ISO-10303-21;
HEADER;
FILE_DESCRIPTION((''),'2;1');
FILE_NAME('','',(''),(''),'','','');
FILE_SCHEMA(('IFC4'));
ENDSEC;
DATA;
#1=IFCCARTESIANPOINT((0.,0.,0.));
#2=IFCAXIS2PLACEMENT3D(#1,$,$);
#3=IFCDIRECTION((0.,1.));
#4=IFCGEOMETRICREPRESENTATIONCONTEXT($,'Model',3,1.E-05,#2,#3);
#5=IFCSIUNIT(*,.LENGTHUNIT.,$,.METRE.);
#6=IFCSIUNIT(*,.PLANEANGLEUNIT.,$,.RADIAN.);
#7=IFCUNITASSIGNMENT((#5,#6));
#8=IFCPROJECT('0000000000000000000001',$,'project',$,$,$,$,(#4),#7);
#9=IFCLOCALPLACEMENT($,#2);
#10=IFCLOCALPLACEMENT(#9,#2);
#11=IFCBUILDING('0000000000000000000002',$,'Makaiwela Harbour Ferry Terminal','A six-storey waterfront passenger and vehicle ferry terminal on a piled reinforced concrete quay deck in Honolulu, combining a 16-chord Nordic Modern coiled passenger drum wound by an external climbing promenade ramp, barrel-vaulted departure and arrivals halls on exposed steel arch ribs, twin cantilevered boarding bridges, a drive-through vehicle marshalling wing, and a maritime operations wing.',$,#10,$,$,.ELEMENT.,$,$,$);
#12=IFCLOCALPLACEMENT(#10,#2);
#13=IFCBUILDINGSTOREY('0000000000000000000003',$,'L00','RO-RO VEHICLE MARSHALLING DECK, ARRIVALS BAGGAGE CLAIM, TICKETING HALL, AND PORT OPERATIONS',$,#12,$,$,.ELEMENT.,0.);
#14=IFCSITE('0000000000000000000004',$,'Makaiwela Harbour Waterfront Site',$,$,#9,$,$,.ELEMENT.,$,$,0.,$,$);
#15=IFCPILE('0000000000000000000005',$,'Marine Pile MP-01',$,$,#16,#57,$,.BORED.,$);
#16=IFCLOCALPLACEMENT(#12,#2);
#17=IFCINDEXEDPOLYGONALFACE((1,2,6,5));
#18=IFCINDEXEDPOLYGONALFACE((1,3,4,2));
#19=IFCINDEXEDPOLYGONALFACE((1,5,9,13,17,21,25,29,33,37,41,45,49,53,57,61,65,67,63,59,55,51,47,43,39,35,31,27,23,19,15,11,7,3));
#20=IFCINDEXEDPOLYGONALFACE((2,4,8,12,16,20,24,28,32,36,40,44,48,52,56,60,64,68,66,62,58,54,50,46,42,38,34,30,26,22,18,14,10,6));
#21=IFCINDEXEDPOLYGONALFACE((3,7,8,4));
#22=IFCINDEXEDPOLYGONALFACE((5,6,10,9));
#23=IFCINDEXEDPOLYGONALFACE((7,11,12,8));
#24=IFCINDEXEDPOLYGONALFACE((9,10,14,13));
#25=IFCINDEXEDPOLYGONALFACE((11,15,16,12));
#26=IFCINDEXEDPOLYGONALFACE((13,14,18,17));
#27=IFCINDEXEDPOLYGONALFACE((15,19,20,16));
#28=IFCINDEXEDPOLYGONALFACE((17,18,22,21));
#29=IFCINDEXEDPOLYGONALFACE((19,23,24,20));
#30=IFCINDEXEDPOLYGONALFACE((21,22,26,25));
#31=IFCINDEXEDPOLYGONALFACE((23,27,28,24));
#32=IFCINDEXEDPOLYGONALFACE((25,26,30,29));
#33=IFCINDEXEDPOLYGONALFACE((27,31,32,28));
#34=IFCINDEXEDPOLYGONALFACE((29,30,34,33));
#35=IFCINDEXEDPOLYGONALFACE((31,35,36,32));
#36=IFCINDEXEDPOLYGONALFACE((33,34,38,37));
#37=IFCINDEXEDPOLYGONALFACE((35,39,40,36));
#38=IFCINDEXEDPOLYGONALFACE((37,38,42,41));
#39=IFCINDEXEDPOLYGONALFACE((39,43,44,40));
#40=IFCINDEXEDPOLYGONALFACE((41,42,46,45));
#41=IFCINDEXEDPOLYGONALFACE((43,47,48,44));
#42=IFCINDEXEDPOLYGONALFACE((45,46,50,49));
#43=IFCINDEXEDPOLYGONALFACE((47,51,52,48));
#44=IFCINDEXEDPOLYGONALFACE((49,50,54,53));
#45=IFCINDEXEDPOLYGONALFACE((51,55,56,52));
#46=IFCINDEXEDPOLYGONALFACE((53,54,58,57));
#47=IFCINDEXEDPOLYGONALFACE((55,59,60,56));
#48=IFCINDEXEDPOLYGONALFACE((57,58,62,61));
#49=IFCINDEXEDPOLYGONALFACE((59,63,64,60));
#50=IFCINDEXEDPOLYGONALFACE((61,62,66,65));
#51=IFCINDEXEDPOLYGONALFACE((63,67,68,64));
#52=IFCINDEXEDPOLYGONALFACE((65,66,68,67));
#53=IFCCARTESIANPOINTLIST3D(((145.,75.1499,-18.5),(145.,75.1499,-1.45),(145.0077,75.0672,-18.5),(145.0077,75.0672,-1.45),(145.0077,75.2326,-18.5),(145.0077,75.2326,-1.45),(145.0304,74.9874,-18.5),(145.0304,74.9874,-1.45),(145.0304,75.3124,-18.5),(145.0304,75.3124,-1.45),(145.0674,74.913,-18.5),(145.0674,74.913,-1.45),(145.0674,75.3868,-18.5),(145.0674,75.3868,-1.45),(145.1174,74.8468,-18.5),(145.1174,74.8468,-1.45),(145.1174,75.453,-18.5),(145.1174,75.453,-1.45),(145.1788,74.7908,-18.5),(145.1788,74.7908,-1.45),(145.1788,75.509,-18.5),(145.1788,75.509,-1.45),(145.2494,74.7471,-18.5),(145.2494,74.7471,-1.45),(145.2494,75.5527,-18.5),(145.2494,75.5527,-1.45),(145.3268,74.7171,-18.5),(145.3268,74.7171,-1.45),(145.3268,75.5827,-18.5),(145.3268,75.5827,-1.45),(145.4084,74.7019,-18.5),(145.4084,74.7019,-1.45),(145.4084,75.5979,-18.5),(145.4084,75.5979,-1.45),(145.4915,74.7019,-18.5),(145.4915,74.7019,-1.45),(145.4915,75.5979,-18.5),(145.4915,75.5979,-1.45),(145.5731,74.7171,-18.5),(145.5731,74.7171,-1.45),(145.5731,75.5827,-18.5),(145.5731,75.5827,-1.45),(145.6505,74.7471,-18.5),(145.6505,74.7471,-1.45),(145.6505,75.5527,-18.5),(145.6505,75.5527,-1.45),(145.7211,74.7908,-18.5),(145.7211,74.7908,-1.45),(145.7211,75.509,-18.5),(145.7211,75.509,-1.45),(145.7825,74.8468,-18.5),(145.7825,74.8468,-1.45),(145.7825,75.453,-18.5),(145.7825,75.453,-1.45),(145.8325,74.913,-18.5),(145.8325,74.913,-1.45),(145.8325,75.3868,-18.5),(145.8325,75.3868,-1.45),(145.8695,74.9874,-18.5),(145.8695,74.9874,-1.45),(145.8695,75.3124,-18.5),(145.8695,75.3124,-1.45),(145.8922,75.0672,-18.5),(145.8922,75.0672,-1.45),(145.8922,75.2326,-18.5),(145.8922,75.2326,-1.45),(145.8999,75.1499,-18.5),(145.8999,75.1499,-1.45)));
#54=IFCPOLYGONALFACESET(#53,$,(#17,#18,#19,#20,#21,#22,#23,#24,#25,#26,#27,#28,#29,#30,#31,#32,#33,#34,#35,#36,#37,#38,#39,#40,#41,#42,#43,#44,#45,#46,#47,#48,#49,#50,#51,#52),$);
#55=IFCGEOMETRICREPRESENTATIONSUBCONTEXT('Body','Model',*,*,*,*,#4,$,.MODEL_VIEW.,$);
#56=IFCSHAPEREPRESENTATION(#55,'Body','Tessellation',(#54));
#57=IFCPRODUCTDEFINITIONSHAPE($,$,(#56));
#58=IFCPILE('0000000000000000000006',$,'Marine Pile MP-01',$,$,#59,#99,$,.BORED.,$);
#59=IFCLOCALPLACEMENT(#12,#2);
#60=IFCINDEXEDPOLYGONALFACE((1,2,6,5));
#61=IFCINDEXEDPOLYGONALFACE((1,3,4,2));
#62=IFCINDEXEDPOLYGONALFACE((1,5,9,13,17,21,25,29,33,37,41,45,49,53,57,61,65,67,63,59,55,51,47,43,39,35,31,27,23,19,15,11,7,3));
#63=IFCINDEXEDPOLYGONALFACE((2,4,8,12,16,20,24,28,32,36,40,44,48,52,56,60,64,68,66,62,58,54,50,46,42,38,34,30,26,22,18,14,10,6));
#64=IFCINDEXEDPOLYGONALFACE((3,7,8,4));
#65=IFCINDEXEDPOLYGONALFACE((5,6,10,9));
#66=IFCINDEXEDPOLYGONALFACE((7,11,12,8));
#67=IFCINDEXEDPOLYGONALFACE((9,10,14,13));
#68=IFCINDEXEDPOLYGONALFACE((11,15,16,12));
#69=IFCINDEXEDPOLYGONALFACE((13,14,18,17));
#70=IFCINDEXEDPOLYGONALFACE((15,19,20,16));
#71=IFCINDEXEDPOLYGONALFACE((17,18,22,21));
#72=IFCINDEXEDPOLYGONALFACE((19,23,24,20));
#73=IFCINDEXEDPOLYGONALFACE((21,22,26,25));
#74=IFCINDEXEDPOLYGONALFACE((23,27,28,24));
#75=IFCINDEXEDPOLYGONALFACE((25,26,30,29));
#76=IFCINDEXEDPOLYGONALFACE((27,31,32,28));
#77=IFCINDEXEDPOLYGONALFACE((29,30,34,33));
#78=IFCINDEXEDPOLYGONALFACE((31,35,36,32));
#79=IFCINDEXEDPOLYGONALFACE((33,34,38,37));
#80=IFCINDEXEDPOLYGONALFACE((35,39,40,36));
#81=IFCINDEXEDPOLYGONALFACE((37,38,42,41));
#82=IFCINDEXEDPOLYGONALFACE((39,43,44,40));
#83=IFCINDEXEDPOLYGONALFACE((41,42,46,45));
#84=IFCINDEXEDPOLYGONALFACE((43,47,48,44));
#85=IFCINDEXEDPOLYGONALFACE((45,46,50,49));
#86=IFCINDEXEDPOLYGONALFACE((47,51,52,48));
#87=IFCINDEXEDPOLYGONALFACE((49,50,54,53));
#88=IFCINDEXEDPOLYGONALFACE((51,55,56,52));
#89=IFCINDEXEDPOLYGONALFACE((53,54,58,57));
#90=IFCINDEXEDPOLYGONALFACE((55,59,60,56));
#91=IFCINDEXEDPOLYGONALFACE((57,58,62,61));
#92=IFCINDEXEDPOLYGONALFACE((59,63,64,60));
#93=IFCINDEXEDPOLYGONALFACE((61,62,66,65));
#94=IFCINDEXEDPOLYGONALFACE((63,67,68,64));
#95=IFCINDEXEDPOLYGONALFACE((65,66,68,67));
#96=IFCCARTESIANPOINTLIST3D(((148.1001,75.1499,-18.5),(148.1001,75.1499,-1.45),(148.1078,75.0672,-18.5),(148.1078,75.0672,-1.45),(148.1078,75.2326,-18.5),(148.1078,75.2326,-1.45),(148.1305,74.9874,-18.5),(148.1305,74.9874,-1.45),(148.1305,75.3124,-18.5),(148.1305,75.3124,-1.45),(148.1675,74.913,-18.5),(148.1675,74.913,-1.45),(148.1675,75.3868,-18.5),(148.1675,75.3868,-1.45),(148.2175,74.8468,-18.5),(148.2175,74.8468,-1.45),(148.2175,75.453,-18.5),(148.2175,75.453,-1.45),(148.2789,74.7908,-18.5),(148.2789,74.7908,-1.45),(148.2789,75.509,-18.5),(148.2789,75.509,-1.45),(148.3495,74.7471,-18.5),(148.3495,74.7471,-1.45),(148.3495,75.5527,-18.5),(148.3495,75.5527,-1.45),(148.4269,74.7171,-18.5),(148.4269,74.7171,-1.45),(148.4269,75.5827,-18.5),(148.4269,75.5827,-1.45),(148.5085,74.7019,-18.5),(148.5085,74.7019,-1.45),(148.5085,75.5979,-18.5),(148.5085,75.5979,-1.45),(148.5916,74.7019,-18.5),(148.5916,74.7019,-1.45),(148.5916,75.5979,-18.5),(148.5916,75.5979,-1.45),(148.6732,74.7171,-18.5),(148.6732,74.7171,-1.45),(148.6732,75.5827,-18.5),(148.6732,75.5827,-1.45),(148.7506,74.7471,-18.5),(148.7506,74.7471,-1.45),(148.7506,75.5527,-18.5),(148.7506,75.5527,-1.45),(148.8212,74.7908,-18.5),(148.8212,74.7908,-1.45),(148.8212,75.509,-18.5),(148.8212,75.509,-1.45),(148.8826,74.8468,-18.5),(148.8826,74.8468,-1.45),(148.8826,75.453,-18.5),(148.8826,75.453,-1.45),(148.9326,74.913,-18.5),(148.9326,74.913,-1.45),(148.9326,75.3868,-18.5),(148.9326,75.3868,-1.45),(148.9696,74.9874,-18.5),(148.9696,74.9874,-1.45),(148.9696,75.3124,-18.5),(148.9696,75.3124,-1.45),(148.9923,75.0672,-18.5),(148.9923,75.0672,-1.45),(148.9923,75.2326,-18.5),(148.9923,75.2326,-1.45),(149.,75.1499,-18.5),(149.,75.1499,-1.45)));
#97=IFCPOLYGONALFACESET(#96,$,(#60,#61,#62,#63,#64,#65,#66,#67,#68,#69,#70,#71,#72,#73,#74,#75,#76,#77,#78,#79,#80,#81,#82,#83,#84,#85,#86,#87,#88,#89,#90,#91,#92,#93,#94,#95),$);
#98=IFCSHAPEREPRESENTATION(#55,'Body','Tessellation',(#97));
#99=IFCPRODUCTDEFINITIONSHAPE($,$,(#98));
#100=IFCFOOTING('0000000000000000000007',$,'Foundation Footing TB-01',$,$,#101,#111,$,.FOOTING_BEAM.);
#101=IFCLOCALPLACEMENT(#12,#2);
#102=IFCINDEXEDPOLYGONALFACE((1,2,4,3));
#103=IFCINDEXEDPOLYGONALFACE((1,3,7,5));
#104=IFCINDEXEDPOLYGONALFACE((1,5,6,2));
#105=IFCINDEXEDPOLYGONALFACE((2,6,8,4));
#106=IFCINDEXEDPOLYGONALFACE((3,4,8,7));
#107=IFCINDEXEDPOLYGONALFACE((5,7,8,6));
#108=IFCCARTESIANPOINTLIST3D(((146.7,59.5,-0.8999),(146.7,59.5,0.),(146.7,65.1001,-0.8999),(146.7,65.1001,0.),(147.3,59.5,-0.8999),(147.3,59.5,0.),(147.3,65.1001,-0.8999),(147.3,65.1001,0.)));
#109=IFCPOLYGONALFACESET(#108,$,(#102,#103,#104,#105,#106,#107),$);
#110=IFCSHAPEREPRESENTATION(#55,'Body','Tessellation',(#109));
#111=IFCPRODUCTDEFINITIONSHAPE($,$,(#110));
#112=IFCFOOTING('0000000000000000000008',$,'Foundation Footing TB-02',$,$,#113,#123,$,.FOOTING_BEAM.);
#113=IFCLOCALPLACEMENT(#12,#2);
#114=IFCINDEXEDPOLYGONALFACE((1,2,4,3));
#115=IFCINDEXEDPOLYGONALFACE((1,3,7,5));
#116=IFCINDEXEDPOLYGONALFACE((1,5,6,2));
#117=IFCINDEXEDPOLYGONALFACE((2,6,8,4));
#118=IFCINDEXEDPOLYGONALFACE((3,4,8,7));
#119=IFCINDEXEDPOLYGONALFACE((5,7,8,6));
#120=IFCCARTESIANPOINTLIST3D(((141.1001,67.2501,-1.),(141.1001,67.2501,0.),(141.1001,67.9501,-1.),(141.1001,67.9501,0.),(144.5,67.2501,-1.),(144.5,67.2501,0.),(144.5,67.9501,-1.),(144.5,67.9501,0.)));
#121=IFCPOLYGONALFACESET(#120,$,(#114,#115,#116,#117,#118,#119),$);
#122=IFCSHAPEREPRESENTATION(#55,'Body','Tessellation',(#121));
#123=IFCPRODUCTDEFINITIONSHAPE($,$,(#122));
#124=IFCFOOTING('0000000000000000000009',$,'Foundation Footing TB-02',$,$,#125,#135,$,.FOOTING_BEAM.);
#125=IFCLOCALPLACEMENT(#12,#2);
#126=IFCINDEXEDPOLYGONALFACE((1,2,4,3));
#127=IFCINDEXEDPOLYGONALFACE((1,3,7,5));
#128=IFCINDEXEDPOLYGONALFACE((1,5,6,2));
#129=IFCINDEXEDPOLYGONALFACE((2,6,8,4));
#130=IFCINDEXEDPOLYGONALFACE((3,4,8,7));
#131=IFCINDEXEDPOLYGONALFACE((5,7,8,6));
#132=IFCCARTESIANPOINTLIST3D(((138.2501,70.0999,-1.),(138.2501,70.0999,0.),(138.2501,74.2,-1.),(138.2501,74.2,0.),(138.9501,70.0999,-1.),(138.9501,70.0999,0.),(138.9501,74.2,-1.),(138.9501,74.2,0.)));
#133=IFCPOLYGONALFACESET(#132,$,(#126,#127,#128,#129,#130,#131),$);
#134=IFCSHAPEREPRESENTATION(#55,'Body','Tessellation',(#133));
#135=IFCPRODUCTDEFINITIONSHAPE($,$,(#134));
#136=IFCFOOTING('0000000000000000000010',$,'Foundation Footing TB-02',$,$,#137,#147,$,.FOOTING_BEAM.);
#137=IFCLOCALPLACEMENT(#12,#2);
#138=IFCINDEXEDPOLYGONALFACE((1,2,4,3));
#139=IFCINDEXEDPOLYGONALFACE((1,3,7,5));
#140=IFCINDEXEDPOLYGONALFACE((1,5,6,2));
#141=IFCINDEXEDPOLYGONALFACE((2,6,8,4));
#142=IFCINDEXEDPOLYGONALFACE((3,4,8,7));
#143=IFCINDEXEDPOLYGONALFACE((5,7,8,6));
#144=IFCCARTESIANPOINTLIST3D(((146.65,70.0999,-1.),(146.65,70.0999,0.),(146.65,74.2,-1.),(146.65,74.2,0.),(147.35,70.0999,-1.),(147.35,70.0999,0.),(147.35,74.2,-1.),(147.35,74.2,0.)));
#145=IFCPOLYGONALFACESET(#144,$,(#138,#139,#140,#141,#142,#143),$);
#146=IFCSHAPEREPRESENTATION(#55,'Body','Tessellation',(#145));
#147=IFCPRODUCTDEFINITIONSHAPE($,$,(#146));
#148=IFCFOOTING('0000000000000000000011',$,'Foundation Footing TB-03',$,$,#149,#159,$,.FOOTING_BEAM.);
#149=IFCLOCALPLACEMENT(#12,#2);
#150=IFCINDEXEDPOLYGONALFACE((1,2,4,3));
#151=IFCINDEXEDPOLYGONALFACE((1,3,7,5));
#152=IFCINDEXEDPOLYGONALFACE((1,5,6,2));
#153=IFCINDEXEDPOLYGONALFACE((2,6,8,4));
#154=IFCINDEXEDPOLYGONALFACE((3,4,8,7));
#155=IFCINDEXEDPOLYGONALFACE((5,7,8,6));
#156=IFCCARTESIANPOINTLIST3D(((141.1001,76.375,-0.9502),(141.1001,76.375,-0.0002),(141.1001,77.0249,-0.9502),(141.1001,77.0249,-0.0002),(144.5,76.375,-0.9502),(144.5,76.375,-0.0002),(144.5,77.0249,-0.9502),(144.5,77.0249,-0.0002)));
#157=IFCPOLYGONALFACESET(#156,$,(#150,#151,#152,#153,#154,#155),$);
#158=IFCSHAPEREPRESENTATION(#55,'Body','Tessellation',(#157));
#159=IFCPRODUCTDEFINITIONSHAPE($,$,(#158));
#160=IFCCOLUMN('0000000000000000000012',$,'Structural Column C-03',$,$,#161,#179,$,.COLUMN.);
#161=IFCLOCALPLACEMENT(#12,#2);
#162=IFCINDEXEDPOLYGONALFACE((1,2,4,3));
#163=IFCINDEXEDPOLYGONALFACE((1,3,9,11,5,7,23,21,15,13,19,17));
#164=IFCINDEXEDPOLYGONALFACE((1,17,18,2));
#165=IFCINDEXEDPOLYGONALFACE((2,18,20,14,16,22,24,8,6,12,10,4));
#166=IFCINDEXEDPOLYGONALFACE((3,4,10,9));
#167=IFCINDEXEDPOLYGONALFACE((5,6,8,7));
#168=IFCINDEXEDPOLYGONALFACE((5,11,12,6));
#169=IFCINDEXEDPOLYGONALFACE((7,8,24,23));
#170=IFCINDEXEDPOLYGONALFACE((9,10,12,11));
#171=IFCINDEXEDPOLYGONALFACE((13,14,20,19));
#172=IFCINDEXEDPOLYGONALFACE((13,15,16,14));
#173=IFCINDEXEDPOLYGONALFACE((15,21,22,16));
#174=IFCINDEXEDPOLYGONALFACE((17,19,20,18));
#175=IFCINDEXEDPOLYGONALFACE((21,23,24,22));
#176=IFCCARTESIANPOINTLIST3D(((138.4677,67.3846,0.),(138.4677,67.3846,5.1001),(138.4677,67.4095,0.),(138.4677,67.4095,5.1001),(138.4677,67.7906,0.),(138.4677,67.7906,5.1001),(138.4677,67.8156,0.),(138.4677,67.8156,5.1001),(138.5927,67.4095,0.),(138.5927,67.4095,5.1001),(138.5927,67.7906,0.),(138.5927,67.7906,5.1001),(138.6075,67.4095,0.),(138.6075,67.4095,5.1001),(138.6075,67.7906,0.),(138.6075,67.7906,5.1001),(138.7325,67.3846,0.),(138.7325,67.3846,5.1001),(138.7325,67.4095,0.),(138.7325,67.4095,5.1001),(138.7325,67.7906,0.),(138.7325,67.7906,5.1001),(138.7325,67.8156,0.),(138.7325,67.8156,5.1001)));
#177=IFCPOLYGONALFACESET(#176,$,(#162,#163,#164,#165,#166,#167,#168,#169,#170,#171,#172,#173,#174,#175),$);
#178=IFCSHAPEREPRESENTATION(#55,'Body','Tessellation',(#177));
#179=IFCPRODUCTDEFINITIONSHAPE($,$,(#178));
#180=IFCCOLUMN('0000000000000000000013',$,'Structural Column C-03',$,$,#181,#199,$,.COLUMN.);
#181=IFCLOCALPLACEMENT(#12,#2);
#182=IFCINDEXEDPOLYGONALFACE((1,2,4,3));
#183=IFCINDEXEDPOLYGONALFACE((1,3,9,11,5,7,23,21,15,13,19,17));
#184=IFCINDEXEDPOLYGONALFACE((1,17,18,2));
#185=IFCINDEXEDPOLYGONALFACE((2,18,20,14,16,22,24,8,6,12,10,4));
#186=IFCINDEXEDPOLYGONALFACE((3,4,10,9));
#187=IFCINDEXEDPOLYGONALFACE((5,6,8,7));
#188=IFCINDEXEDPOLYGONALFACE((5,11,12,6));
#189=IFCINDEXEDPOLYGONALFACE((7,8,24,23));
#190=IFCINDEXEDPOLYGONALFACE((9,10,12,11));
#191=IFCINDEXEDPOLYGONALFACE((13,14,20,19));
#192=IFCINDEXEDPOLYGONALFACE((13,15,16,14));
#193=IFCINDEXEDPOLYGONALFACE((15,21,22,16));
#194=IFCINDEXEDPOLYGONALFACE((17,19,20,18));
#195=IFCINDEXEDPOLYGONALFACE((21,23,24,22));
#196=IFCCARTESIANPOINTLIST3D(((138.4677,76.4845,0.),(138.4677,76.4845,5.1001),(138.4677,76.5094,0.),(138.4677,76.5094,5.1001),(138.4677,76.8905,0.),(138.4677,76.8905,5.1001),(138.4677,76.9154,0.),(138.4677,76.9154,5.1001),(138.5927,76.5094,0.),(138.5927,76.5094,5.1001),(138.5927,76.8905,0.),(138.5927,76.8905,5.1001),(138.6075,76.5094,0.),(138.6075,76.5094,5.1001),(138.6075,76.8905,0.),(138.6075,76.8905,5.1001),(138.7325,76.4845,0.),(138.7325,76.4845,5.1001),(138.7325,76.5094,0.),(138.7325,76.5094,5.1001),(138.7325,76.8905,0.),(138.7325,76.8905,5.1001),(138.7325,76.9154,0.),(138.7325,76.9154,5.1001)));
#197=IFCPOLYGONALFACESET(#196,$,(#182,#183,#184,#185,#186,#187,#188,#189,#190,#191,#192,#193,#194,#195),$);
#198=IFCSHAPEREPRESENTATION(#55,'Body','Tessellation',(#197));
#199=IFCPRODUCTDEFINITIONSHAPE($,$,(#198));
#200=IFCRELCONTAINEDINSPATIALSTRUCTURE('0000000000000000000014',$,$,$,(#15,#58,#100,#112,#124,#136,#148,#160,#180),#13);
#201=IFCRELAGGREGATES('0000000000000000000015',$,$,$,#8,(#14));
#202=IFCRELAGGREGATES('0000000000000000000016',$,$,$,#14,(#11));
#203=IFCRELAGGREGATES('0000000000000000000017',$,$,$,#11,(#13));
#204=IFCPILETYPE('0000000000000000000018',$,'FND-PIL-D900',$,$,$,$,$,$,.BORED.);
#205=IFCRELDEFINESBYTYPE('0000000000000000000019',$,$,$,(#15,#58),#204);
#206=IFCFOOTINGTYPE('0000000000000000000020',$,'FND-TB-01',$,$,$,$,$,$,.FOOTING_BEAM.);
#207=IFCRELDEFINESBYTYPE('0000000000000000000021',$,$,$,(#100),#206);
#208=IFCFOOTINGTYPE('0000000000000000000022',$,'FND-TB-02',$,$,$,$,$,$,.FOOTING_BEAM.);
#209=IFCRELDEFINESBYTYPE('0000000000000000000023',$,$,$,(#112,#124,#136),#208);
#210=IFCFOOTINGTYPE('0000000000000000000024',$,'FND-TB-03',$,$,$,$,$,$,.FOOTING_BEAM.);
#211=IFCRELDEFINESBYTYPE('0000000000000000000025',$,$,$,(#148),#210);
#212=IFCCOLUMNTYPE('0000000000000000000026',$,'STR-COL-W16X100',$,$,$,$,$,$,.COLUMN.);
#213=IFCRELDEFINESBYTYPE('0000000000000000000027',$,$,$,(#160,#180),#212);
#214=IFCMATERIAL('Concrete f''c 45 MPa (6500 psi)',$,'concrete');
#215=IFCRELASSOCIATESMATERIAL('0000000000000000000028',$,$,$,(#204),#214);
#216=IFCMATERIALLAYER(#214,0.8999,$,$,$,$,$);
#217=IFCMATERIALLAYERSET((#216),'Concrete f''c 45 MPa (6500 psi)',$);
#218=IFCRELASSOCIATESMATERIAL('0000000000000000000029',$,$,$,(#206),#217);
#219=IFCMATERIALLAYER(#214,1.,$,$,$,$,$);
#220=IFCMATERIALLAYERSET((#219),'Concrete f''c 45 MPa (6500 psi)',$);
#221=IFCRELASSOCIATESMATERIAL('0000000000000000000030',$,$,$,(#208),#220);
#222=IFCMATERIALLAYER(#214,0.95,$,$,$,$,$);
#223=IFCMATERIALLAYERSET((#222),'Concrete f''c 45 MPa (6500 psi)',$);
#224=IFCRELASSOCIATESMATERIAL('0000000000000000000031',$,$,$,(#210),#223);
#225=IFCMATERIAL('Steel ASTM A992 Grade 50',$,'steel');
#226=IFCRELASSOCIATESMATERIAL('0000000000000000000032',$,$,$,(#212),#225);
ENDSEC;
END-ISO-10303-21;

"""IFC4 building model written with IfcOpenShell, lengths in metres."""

from ifc_helpers import new_model, si_unit, direction, frame, origin, origin_2d, place, context, subcontext, project, spatial, rectangle, circle, i_section, extrude, material, layer, layer_set, material_profile, profile_set, type_object, element, save


model = new_model("IFC4")

# Units and contexts
model_context = context("Model", 3, precision=1e-05, world=origin(), true_north=direction((0.0, 1.0)))
body_context = subcontext(model_context, "Body", "Model", "MODEL_VIEW")
ifc_project = project(units=[si_unit("LENGTHUNIT", "METRE"), si_unit("PLANEANGLEUNIT", "RADIAN")], contexts=[model_context])

# Site, building, storey
site_placement = place(None, origin())
site = spatial("IfcSite", under=ifc_project, at=site_placement, Name="Makaiwela Harbour Waterfront Site", CompositionType="ELEMENT", RefElevation=0.0)
building_placement = place(site_placement, origin())
building = spatial("IfcBuilding", under=site, at=building_placement, Name="Makaiwela Harbour Ferry Terminal", Description="A six-storey waterfront passenger and vehicle ferry terminal on a piled reinforced concrete quay deck in Honolulu, combining a 16-chord Nordic Modern coiled passenger drum wound by an external climbing promenade ramp, barrel-vaulted departure and arrivals halls on exposed steel arch ribs, twin cantilevered boarding bridges, a drive-through vehicle marshalling wing, and a maritime operations wing.", CompositionType="ELEMENT")
storey_placement = place(building_placement, origin())
storey = spatial("IfcBuildingStorey", under=building, at=storey_placement, Name="L00", Description="RO-RO VEHICLE MARSHALLING DECK, ARRIVALS BAGGAGE CLAIM, TICKETING HALL, AND PORT OPERATIONS", CompositionType="ELEMENT", Elevation=0.0)

# Shared definitions
ifc_material_1 = material(Name="Concrete f'c 45 MPa (6500 psi)", Category="concrete")

# Piles
ifc_material_profile_1 = material_profile(ifc_material_1, circle(Radius=0.45, at=origin_2d()), Name="PILE-D900")
ifc_profile_set_1 = profile_set([ifc_material_profile_1], Name="Concrete f'c 45 MPa (6500 psi)")
pile_type = type_object("IfcPileType", Name="FND-PIL-D900", PredefinedType="BORED", material=ifc_profile_set_1)
for number, where, z_axis, x_axis, name in (
    (1, (145.45, 75.1499, -1.45), (0.0, 0.0, -1.0), (1.0, 0.0, 0.0), "Marine Pile MP-01"),
    (2, (148.55, 75.1499, -1.45), (0.0, 0.0, -1.0), (1.0, 0.0, 0.0), "Marine Pile MP-01"),
):
    element("IfcPile", number, at=place(storey_placement, frame(where, z_axis=z_axis, x_axis=x_axis)), inside=storey, type_object=pile_type, Name=name, PredefinedType="BORED", context=body_context, shape_type="SweptSolid", body=[
        extrude(circle(Radius=0.45, at=origin_2d()), origin(), (0.0, 0.0, 1.0), 17.05),
    ])

# Footings
ifc_layer_1 = layer(ifc_material_1, 0.8999)
ifc_layer_set_1 = layer_set([ifc_layer_1], Name="Concrete f'c 45 MPa (6500 psi)")
footing_type_1 = type_object("IfcFootingType", Name="FND-TB-01", PredefinedType="FOOTING_BEAM", material=ifc_layer_set_1)
footing_1_placement = place(storey_placement, frame((147.0, 62.3, -0.8999), z_axis=(0.0, 0.0, 1.0), x_axis=(0.0, 1.0, 0.0)))
element("IfcFooting", 3, at=footing_1_placement, inside=storey, type_object=footing_type_1, Name="Foundation Footing TB-01", PredefinedType="FOOTING_BEAM", context=body_context, shape_type="SweptSolid", body=[
    extrude(rectangle(XDim=5.6001, YDim=0.6001, at=origin_2d()), origin(), (0.0, 0.0, 1.0), 0.8999),
])
ifc_layer_2 = layer(ifc_material_1, 1.0)
ifc_layer_set_2 = layer_set([ifc_layer_2], Name="Concrete f'c 45 MPa (6500 psi)")
footing_type_2 = type_object("IfcFootingType", Name="FND-TB-02", PredefinedType="FOOTING_BEAM", material=ifc_layer_set_2)
footing_2_placement = place(storey_placement, frame((142.8, 67.6001, -1.0), z_axis=(0.0, 0.0, 1.0), x_axis=(1.0, 0.0, 0.0)))
element("IfcFooting", 4, at=footing_2_placement, inside=storey, type_object=footing_type_2, Name="Foundation Footing TB-02", PredefinedType="FOOTING_BEAM", context=body_context, shape_type="SweptSolid", body=[
    extrude(rectangle(XDim=3.3999, YDim=0.7, at=origin_2d()), origin(), (0.0, 0.0, 1.0), 1.0),
])
for number, where, z_axis, x_axis, name in (
    (5, (138.6001, 72.1499, -1.0), (0.0, 0.0, 1.0), (0.0, 1.0, 0.0), "Foundation Footing TB-02"),
    (6, (147.0, 72.1499, -1.0), (0.0, 0.0, 1.0), (0.0, 1.0, 0.0), "Foundation Footing TB-02"),
):
    element("IfcFooting", number, at=place(storey_placement, frame(where, z_axis=z_axis, x_axis=x_axis)), inside=storey, type_object=footing_type_2, Name=name, PredefinedType="FOOTING_BEAM", context=body_context, shape_type="SweptSolid", body=[
        extrude(rectangle(XDim=4.1001, YDim=0.7, at=origin_2d()), origin(), (0.0, 0.0, 1.0), 1.0),
    ])
ifc_layer_3 = layer(ifc_material_1, 0.95)
ifc_layer_set_3 = layer_set([ifc_layer_3], Name="Concrete f'c 45 MPa (6500 psi)")
footing_type_3 = type_object("IfcFootingType", Name="FND-TB-03", PredefinedType="FOOTING_BEAM", material=ifc_layer_set_3)
footing_3_placement = place(storey_placement, frame((142.8, 76.7, -0.9502), z_axis=(0.0, 0.0, 1.0), x_axis=(1.0, 0.0, 0.0)))
element("IfcFooting", 7, at=footing_3_placement, inside=storey, type_object=footing_type_3, Name="Foundation Footing TB-03", PredefinedType="FOOTING_BEAM", context=body_context, shape_type="SweptSolid", body=[
    extrude(rectangle(XDim=3.3999, YDim=0.6499, at=origin_2d()), origin(), (0.0, 0.0, 1.0), 0.95),
])

# Columns
ifc_material_2 = material(Name="Steel ASTM A992 Grade 50", Category="steel")
ifc_material_profile_2 = material_profile(ifc_material_2, i_section(OverallWidth=0.2649, OverallDepth=0.4309, WebThickness=0.0149, FlangeThickness=0.0249, at=origin_2d()), Name="W16X100")
ifc_profile_set_2 = profile_set([ifc_material_profile_2], Name="Steel ASTM A992 Grade 50")
column_type = type_object("IfcColumnType", Name="STR-COL-W16X100", PredefinedType="COLUMN", material=ifc_profile_set_2)
for number, where, z_axis, x_axis, name in (
    (8, (138.6001, 67.6001, 0.0), (0.0, 0.0, 1.0), (1.0, 0.0, 0.0), "Structural Column C-03"),
    (9, (138.6001, 76.7, 0.0), (0.0, 0.0, 1.0), (1.0, 0.0, 0.0), "Structural Column C-03"),
):
    element("IfcColumn", number, at=place(storey_placement, frame(where, z_axis=z_axis, x_axis=x_axis)), inside=storey, type_object=column_type, Name=name, PredefinedType="COLUMN", context=body_context, shape_type="SweptSolid", body=[
        extrude(i_section(OverallWidth=0.2649, OverallDepth=0.4309, WebThickness=0.0149, FlangeThickness=0.0249, at=origin_2d()), origin(), (0.0, 0.0, 1.0), 5.1001),
    ])

save(model, "model.ifc")
